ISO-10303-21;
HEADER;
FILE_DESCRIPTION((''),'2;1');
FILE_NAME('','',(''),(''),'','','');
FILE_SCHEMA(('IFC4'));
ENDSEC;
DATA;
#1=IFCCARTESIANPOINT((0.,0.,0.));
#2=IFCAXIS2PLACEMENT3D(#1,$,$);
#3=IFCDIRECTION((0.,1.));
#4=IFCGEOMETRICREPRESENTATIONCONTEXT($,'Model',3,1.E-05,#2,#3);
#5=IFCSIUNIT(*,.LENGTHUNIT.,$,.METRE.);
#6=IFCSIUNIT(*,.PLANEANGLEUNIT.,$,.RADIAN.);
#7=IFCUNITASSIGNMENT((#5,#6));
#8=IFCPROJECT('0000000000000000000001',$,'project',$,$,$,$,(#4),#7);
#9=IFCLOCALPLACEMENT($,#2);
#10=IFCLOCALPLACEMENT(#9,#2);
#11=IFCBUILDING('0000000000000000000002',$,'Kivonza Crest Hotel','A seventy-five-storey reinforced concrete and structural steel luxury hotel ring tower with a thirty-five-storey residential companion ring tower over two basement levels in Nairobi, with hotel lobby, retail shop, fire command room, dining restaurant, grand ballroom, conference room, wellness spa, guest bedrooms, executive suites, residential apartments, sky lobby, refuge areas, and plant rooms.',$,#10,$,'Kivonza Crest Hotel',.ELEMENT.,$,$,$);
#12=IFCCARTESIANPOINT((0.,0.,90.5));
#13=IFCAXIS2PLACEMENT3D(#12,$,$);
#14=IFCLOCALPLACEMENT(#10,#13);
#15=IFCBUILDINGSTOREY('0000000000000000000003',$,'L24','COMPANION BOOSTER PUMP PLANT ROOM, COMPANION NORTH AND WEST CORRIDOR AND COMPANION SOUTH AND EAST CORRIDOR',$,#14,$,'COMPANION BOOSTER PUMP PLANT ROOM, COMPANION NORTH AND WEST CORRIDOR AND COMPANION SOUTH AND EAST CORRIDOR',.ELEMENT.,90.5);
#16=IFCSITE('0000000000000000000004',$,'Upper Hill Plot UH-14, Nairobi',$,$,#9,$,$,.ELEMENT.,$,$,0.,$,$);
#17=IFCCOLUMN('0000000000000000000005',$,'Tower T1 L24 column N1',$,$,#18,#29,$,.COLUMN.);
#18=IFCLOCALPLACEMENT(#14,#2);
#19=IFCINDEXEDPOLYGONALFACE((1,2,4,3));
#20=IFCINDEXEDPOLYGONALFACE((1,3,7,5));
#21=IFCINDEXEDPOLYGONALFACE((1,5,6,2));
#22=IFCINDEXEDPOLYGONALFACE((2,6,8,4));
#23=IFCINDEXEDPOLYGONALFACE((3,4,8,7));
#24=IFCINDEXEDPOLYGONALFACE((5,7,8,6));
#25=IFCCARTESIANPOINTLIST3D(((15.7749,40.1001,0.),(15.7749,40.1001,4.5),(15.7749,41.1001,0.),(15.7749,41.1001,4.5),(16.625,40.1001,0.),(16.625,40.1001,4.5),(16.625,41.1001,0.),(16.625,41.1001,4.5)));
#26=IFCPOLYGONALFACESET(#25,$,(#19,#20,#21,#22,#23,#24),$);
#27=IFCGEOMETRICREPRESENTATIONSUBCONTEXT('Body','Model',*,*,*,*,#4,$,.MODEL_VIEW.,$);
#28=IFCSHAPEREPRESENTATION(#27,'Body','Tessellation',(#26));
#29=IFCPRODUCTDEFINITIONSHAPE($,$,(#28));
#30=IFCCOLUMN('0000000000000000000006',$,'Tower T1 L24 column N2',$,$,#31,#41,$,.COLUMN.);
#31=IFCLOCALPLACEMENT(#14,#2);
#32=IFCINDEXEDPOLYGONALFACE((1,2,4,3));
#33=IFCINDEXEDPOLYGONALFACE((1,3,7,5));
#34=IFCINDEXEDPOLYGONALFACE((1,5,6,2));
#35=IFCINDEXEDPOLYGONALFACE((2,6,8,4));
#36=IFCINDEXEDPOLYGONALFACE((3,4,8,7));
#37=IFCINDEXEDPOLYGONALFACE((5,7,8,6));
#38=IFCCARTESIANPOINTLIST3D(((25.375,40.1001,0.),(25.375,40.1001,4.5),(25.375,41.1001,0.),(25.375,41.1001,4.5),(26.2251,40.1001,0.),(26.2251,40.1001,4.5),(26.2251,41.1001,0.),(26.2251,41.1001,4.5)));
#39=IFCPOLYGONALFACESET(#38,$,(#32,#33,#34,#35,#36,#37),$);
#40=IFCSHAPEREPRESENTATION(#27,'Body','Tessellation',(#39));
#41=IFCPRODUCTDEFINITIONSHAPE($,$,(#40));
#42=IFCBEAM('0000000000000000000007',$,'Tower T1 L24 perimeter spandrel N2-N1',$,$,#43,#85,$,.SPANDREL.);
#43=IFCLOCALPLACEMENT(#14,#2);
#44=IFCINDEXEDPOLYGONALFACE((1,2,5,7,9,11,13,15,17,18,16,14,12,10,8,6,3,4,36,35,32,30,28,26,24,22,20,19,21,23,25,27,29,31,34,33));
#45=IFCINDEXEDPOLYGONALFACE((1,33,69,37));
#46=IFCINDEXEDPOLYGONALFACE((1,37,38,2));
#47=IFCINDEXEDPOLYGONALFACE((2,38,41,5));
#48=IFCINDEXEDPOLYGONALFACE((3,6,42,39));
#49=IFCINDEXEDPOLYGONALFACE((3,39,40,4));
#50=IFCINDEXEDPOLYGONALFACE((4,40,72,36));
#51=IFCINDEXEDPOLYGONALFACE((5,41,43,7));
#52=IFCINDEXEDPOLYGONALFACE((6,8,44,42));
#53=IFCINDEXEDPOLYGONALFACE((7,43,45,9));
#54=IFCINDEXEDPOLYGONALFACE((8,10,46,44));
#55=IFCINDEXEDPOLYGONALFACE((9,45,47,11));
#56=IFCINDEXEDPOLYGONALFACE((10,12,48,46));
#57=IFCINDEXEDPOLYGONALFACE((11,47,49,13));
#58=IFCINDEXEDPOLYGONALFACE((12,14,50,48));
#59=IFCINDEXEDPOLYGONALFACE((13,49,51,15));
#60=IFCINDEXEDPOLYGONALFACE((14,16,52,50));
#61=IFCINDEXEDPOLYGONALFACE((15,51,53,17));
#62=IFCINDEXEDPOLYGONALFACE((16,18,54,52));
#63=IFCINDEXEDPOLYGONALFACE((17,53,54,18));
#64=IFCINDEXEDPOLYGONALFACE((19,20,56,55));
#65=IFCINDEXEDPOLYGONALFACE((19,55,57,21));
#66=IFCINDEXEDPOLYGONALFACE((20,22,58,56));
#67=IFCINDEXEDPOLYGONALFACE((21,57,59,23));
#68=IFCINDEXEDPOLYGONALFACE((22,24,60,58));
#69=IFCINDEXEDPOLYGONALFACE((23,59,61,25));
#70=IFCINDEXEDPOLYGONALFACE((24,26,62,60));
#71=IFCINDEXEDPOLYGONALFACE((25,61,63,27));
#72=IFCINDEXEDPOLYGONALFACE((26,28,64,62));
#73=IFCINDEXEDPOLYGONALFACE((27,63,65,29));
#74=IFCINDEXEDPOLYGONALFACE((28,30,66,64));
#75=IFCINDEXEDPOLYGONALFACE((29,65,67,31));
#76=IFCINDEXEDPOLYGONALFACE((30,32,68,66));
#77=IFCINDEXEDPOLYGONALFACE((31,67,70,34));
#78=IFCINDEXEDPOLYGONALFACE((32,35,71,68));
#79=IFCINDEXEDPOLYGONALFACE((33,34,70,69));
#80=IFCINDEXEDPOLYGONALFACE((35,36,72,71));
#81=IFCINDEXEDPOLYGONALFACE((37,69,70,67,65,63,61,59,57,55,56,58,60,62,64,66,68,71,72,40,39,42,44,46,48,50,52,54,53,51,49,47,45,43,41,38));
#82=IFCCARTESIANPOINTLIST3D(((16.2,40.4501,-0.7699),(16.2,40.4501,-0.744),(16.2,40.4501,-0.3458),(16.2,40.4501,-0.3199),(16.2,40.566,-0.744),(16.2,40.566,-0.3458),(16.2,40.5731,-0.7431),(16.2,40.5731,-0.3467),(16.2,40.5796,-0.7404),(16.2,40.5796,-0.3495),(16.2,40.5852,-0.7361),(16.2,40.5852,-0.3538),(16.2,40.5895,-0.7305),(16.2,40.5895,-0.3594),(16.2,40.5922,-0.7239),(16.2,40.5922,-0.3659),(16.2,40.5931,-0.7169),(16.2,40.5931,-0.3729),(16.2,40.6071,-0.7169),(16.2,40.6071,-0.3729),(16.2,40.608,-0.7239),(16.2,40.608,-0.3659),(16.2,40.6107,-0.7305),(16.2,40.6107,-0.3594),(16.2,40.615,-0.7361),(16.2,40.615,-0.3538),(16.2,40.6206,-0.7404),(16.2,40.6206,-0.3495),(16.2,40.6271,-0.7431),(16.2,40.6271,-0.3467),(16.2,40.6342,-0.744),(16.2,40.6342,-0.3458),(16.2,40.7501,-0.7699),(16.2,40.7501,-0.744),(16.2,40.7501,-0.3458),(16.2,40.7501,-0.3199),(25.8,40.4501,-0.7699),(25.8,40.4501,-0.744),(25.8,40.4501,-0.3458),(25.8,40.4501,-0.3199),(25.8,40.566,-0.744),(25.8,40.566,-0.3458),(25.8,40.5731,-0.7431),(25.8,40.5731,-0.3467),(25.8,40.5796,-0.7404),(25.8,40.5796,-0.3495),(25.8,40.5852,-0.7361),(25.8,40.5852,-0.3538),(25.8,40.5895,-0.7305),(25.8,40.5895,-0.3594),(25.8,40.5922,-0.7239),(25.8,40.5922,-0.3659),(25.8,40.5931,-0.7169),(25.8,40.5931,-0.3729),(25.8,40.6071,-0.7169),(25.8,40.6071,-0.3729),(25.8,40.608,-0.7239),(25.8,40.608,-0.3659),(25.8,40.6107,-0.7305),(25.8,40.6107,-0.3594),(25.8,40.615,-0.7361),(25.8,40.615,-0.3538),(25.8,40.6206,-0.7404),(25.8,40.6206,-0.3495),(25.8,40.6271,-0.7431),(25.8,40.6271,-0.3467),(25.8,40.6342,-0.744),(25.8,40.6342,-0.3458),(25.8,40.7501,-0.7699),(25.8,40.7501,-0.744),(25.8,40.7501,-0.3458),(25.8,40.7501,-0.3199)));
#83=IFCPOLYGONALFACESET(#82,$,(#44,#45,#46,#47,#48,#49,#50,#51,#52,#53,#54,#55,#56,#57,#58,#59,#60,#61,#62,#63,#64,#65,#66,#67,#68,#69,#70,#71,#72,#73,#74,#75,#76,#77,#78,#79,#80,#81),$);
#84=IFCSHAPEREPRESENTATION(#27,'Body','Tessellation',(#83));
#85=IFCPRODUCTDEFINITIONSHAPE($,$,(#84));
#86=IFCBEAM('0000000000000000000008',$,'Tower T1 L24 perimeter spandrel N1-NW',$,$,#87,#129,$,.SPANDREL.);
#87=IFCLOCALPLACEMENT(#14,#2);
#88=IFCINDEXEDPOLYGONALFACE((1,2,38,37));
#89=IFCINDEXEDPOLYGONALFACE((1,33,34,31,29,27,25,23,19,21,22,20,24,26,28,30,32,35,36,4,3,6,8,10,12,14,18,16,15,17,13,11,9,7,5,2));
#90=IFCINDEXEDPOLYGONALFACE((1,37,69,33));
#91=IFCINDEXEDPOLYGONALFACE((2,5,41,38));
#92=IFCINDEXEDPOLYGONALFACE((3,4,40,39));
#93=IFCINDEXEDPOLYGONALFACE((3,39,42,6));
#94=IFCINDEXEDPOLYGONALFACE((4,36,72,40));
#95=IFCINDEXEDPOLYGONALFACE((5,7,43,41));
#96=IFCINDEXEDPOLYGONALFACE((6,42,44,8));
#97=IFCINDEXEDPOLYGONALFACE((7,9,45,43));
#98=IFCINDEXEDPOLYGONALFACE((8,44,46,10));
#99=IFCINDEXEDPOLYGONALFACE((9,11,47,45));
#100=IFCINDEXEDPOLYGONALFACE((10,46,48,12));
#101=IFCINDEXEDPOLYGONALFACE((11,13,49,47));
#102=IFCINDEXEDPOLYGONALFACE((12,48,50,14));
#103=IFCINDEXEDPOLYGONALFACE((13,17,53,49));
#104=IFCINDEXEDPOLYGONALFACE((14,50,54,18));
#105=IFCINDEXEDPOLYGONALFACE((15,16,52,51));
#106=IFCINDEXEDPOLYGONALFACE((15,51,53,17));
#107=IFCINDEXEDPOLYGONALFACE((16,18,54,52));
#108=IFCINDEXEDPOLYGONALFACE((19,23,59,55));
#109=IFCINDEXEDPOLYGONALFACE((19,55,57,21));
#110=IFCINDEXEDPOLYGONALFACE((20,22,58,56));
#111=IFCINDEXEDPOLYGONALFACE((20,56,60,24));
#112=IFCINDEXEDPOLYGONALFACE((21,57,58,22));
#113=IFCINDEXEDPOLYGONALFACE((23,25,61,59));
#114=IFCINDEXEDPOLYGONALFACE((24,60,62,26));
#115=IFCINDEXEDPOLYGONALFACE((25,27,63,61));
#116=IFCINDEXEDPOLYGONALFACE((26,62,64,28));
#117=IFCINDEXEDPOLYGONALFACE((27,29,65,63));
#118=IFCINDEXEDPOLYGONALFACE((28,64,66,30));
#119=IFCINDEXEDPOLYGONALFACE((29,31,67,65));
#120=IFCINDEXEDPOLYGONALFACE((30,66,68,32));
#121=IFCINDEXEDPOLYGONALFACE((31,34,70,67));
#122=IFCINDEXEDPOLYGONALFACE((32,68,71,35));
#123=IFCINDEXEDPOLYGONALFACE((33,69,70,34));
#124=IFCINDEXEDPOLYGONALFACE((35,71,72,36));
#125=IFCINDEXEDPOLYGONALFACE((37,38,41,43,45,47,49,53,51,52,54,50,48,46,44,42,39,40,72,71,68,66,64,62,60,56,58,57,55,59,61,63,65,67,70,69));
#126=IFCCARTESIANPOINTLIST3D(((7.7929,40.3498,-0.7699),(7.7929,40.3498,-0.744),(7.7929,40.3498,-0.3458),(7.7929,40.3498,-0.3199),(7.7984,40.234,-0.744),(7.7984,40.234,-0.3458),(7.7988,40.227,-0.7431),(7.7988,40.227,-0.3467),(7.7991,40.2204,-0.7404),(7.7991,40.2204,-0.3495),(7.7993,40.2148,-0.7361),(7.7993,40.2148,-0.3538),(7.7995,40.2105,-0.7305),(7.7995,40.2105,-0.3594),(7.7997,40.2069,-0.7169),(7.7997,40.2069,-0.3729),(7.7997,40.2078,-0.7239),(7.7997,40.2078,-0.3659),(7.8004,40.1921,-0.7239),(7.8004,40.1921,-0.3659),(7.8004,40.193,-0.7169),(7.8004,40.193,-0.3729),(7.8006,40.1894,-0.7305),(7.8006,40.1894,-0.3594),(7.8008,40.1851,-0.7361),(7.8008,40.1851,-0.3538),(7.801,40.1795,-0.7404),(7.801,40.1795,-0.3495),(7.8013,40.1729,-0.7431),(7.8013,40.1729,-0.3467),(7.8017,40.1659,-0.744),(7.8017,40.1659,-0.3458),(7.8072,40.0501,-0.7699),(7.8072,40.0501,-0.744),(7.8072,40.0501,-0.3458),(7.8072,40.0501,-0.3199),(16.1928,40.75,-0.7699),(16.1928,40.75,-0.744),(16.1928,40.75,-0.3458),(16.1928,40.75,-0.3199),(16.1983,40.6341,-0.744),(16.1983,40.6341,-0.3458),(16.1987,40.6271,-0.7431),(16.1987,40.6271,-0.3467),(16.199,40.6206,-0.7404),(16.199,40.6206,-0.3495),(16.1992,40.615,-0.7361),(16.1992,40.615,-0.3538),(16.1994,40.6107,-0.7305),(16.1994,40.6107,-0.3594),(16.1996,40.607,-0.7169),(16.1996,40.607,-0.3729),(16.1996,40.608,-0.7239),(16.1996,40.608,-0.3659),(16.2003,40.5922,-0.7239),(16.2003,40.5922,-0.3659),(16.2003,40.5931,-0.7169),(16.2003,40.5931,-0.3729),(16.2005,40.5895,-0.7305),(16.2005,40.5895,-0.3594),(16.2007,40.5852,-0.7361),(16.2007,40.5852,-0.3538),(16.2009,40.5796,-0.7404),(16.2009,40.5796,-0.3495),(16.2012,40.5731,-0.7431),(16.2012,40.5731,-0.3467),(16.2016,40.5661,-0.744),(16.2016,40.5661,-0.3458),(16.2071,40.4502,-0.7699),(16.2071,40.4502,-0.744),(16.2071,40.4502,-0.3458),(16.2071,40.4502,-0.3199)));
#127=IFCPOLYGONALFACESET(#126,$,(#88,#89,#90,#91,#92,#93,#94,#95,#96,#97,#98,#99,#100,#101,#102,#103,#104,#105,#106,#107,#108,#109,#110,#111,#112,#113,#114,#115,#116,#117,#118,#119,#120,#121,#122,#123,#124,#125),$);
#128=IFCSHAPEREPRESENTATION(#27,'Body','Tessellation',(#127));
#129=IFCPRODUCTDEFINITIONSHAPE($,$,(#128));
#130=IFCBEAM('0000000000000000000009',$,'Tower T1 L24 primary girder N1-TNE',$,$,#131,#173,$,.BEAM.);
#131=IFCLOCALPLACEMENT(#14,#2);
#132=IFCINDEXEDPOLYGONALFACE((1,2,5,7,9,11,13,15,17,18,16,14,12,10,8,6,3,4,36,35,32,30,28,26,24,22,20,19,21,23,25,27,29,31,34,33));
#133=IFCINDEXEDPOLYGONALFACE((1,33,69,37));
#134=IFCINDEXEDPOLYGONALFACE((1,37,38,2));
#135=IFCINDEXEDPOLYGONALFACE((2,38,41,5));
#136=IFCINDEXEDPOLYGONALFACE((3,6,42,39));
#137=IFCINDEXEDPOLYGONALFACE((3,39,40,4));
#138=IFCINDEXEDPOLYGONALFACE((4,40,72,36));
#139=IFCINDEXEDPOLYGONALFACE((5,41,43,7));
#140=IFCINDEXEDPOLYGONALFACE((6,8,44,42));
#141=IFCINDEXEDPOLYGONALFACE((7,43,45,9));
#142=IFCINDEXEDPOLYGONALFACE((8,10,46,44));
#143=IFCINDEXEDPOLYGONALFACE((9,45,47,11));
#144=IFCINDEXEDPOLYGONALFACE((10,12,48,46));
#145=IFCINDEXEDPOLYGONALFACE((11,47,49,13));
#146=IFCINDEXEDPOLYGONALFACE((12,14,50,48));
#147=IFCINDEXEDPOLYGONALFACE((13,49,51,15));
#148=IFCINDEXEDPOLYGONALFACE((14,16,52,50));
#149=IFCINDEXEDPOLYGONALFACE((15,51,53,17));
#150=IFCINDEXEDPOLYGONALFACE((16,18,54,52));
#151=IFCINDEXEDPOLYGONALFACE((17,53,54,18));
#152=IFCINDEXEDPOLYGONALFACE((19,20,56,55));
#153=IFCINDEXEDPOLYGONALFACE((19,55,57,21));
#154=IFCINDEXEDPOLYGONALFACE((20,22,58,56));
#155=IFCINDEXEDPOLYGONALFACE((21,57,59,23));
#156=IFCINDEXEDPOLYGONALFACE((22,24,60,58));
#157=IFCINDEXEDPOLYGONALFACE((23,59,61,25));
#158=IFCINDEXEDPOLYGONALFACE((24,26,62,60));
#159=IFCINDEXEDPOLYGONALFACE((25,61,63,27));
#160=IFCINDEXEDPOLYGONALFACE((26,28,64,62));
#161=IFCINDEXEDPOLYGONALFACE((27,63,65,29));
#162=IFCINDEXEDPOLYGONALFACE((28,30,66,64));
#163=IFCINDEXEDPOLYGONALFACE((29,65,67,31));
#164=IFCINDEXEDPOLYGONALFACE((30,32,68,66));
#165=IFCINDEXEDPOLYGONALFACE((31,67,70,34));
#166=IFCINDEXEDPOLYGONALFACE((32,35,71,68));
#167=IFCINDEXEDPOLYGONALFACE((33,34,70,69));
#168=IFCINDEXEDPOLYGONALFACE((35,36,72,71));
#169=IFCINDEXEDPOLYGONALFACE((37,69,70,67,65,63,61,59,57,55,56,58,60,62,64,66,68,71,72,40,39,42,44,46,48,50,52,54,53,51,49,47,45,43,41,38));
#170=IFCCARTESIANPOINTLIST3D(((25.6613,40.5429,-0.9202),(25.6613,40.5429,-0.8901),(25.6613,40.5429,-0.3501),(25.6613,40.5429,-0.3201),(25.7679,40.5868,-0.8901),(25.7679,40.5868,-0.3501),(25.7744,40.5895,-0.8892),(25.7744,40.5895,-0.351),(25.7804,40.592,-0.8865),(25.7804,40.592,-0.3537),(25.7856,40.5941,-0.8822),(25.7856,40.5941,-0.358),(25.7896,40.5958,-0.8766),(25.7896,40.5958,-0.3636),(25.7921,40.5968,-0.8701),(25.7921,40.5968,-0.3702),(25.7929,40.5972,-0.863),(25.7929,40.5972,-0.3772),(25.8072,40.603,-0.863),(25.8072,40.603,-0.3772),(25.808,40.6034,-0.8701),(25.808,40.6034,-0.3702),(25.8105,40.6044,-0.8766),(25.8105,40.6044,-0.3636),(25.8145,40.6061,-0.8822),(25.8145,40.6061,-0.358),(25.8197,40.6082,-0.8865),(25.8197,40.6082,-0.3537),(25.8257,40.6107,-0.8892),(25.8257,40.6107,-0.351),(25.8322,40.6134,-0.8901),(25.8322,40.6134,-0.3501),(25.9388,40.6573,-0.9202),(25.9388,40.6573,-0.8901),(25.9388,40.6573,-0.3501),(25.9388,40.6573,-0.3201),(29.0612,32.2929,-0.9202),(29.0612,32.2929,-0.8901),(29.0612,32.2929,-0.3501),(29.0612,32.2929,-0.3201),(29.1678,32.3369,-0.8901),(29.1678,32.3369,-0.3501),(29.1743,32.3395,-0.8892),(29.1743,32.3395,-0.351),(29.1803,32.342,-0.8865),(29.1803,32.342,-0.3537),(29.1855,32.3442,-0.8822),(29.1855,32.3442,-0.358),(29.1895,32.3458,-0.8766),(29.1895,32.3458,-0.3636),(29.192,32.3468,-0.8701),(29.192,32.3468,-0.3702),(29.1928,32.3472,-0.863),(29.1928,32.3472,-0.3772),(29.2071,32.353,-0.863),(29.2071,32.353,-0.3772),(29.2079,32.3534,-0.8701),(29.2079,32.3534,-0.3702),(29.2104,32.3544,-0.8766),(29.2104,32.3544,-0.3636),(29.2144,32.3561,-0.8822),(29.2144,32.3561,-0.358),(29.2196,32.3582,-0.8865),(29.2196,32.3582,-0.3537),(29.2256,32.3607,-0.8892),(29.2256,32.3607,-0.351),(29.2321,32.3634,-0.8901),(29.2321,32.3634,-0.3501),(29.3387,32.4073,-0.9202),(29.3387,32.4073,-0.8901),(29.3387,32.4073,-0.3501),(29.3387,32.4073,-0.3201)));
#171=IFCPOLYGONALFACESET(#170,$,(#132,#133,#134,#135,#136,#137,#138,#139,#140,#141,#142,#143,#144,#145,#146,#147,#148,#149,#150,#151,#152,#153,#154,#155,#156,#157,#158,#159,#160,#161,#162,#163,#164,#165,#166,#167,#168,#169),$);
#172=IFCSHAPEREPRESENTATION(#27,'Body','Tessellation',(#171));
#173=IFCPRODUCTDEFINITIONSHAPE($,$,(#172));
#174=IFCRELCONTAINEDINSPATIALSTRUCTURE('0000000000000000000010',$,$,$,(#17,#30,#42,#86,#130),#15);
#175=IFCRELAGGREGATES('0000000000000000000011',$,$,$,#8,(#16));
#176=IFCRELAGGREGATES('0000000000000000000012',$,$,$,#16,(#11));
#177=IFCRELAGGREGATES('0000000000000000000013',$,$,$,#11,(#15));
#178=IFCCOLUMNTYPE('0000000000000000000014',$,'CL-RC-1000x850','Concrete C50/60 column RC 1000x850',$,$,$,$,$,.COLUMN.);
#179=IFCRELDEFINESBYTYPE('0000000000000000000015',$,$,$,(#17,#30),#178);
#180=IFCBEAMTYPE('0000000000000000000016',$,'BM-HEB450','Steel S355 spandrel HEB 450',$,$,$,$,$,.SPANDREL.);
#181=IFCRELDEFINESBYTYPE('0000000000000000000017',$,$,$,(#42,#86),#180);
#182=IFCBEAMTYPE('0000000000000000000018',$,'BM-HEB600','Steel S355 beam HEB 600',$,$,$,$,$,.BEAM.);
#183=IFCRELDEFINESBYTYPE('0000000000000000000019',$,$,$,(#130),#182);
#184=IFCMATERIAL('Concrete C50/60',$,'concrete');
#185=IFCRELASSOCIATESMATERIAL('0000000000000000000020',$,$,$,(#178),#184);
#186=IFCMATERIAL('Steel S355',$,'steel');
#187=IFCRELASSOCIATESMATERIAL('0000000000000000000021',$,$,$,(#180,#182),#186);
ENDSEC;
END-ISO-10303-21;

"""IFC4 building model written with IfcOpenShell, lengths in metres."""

from ifc_helpers import new_model, si_unit, direction, frame, origin, origin_2d, place, context, subcontext, project, spatial, rectangle, i_section, extrude, material, material_profile, profile_set, type_object, element, save


model = new_model("IFC4")

# Units and contexts
model_context = context("Model", 3, precision=1e-05, world=origin(), true_north=direction((0.0, 1.0)))
body_context = subcontext(model_context, "Body", "Model", "MODEL_VIEW")
ifc_project = project(units=[si_unit("LENGTHUNIT", "METRE"), si_unit("PLANEANGLEUNIT", "RADIAN")], contexts=[model_context])

# Site, building, storey
site_placement = place(None, origin())
site = spatial("IfcSite", under=ifc_project, at=site_placement, Name="Upper Hill Plot UH-14, Nairobi", CompositionType="ELEMENT", RefElevation=0.0)
building_placement = place(site_placement, origin())
building = spatial("IfcBuilding", under=site, at=building_placement, Name="Kivonza Crest Hotel", Description="A seventy-five-storey reinforced concrete and structural steel luxury hotel ring tower with a thirty-five-storey residential companion ring tower over two basement levels in Nairobi, with hotel lobby, retail shop, fire command room, dining restaurant, grand ballroom, conference room, wellness spa, guest bedrooms, executive suites, residential apartments, sky lobby, refuge areas, and plant rooms.", LongName="Kivonza Crest Hotel", CompositionType="ELEMENT")
storey_placement = place(building_placement, frame((0.0, 0.0, 90.5)))
storey = spatial("IfcBuildingStorey", under=building, at=storey_placement, Name="L24", Description="COMPANION BOOSTER PUMP PLANT ROOM, COMPANION NORTH AND WEST CORRIDOR AND COMPANION SOUTH AND EAST CORRIDOR", LongName="COMPANION BOOSTER PUMP PLANT ROOM, COMPANION NORTH AND WEST CORRIDOR AND COMPANION SOUTH AND EAST CORRIDOR", CompositionType="ELEMENT", Elevation=90.5)

# Columns
ifc_material_1 = material(Name="Concrete C50/60", Category="concrete")
ifc_material_profile_1 = material_profile(ifc_material_1, rectangle(XDim=0.8501, YDim=1.0, at=origin_2d()), Name="RC 1000x850")
ifc_profile_set_1 = profile_set([ifc_material_profile_1], Name="Concrete C50/60")
column_type = type_object("IfcColumnType", Name="CL-RC-1000x850", Description="Concrete C50/60 column RC 1000x850", PredefinedType="COLUMN", material=ifc_profile_set_1)
for number, where, z_axis, x_axis, name in (
    (1, (16.2, 40.6001, 0.0), (0.0, 0.0, 1.0), (1.0, 0.0, 0.0), "Tower T1 L24 column N1"),
    (2, (25.8, 40.6001, 0.0), (0.0, 0.0, 1.0), (1.0, 0.0, 0.0), "Tower T1 L24 column N2"),
):
    element("IfcColumn", number, at=place(storey_placement, frame(where, z_axis=z_axis, x_axis=x_axis)), inside=storey, type_object=column_type, Name=name, PredefinedType="COLUMN", context=body_context, shape_type="SweptSolid", body=[
        extrude(rectangle(XDim=0.8501, YDim=1.0, at=origin_2d()), origin(), (0.0, 0.0, 1.0), 4.5),
    ])

# Beams
ifc_material_2 = material(Name="Steel S355", Category="steel")
ifc_material_profile_2 = material_profile(ifc_material_2, i_section(OverallWidth=0.3, OverallDepth=0.45, WebThickness=0.0139, FlangeThickness=0.0259, FilletRadius=0.0271, at=origin_2d()), Name="HEB 450")
ifc_profile_set_2 = profile_set([ifc_material_profile_2], Name="Steel S355")
beam_type_1 = type_object("IfcBeamType", Name="BM-HEB450", Description="Steel S355 spandrel HEB 450", PredefinedType="SPANDREL", material=ifc_profile_set_2)
beam_1_placement = place(storey_placement, frame((25.8, 40.6001, -0.5449), z_axis=(-1.0, 0.0, 0.0), x_axis=(0.0, -1.0, 0.0)))
element("IfcBeam", 3, at=beam_1_placement, inside=storey, type_object=beam_type_1, Name="Tower T1 L24 perimeter spandrel N2-N1", PredefinedType="SPANDREL", context=body_context, shape_type="SweptSolid", body=[
    extrude(i_section(OverallWidth=0.3, OverallDepth=0.45, WebThickness=0.0139, FlangeThickness=0.0259, FilletRadius=0.0271, at=origin_2d()), origin(), (0.0, 0.0, 1.0), 9.6001),
])
beam_2_placement = place(storey_placement, frame((16.2, 40.6001, -0.5449), z_axis=(-0.998867, -0.047583, 0.0), x_axis=(0.047583, -0.998867, 0.0)))
element("IfcBeam", 4, at=beam_2_placement, inside=storey, type_object=beam_type_1, Name="Tower T1 L24 perimeter spandrel N1-NW", PredefinedType="SPANDREL", context=body_context, shape_type="SweptSolid", body=[
    extrude(i_section(OverallWidth=0.3, OverallDepth=0.45, WebThickness=0.0139, FlangeThickness=0.0259, FilletRadius=0.0271, at=origin_2d()), origin(), (0.0, 0.0, 1.0), 8.4094),
])
ifc_material_profile_3 = material_profile(ifc_material_2, i_section(OverallWidth=0.3, OverallDepth=0.6001, WebThickness=0.0154, FlangeThickness=0.03, FilletRadius=0.0271, at=origin_2d()), Name="HEB 600")
ifc_profile_set_3 = profile_set([ifc_material_profile_3], Name="Steel S355")
beam_type_2 = type_object("IfcBeamType", Name="BM-HEB600", Description="Steel S355 beam HEB 600", PredefinedType="BEAM", material=ifc_profile_set_3)
beam_3_placement = place(storey_placement, frame((25.8, 40.6001, -0.6201), z_axis=(0.381022, -0.924566, 0.0), x_axis=(0.924566, 0.381022, 0.0)))
element("IfcBeam", 5, at=beam_3_placement, inside=storey, type_object=beam_type_2, Name="Tower T1 L24 primary girder N1-TNE", PredefinedType="BEAM", context=body_context, shape_type="SweptSolid", body=[
    extrude(i_section(OverallWidth=0.3, OverallDepth=0.6001, WebThickness=0.0154, FlangeThickness=0.03, FilletRadius=0.0271, at=origin_2d()), origin(), (0.0, 0.0, 1.0), 8.9231),
])

save(model, "model.ifc")
